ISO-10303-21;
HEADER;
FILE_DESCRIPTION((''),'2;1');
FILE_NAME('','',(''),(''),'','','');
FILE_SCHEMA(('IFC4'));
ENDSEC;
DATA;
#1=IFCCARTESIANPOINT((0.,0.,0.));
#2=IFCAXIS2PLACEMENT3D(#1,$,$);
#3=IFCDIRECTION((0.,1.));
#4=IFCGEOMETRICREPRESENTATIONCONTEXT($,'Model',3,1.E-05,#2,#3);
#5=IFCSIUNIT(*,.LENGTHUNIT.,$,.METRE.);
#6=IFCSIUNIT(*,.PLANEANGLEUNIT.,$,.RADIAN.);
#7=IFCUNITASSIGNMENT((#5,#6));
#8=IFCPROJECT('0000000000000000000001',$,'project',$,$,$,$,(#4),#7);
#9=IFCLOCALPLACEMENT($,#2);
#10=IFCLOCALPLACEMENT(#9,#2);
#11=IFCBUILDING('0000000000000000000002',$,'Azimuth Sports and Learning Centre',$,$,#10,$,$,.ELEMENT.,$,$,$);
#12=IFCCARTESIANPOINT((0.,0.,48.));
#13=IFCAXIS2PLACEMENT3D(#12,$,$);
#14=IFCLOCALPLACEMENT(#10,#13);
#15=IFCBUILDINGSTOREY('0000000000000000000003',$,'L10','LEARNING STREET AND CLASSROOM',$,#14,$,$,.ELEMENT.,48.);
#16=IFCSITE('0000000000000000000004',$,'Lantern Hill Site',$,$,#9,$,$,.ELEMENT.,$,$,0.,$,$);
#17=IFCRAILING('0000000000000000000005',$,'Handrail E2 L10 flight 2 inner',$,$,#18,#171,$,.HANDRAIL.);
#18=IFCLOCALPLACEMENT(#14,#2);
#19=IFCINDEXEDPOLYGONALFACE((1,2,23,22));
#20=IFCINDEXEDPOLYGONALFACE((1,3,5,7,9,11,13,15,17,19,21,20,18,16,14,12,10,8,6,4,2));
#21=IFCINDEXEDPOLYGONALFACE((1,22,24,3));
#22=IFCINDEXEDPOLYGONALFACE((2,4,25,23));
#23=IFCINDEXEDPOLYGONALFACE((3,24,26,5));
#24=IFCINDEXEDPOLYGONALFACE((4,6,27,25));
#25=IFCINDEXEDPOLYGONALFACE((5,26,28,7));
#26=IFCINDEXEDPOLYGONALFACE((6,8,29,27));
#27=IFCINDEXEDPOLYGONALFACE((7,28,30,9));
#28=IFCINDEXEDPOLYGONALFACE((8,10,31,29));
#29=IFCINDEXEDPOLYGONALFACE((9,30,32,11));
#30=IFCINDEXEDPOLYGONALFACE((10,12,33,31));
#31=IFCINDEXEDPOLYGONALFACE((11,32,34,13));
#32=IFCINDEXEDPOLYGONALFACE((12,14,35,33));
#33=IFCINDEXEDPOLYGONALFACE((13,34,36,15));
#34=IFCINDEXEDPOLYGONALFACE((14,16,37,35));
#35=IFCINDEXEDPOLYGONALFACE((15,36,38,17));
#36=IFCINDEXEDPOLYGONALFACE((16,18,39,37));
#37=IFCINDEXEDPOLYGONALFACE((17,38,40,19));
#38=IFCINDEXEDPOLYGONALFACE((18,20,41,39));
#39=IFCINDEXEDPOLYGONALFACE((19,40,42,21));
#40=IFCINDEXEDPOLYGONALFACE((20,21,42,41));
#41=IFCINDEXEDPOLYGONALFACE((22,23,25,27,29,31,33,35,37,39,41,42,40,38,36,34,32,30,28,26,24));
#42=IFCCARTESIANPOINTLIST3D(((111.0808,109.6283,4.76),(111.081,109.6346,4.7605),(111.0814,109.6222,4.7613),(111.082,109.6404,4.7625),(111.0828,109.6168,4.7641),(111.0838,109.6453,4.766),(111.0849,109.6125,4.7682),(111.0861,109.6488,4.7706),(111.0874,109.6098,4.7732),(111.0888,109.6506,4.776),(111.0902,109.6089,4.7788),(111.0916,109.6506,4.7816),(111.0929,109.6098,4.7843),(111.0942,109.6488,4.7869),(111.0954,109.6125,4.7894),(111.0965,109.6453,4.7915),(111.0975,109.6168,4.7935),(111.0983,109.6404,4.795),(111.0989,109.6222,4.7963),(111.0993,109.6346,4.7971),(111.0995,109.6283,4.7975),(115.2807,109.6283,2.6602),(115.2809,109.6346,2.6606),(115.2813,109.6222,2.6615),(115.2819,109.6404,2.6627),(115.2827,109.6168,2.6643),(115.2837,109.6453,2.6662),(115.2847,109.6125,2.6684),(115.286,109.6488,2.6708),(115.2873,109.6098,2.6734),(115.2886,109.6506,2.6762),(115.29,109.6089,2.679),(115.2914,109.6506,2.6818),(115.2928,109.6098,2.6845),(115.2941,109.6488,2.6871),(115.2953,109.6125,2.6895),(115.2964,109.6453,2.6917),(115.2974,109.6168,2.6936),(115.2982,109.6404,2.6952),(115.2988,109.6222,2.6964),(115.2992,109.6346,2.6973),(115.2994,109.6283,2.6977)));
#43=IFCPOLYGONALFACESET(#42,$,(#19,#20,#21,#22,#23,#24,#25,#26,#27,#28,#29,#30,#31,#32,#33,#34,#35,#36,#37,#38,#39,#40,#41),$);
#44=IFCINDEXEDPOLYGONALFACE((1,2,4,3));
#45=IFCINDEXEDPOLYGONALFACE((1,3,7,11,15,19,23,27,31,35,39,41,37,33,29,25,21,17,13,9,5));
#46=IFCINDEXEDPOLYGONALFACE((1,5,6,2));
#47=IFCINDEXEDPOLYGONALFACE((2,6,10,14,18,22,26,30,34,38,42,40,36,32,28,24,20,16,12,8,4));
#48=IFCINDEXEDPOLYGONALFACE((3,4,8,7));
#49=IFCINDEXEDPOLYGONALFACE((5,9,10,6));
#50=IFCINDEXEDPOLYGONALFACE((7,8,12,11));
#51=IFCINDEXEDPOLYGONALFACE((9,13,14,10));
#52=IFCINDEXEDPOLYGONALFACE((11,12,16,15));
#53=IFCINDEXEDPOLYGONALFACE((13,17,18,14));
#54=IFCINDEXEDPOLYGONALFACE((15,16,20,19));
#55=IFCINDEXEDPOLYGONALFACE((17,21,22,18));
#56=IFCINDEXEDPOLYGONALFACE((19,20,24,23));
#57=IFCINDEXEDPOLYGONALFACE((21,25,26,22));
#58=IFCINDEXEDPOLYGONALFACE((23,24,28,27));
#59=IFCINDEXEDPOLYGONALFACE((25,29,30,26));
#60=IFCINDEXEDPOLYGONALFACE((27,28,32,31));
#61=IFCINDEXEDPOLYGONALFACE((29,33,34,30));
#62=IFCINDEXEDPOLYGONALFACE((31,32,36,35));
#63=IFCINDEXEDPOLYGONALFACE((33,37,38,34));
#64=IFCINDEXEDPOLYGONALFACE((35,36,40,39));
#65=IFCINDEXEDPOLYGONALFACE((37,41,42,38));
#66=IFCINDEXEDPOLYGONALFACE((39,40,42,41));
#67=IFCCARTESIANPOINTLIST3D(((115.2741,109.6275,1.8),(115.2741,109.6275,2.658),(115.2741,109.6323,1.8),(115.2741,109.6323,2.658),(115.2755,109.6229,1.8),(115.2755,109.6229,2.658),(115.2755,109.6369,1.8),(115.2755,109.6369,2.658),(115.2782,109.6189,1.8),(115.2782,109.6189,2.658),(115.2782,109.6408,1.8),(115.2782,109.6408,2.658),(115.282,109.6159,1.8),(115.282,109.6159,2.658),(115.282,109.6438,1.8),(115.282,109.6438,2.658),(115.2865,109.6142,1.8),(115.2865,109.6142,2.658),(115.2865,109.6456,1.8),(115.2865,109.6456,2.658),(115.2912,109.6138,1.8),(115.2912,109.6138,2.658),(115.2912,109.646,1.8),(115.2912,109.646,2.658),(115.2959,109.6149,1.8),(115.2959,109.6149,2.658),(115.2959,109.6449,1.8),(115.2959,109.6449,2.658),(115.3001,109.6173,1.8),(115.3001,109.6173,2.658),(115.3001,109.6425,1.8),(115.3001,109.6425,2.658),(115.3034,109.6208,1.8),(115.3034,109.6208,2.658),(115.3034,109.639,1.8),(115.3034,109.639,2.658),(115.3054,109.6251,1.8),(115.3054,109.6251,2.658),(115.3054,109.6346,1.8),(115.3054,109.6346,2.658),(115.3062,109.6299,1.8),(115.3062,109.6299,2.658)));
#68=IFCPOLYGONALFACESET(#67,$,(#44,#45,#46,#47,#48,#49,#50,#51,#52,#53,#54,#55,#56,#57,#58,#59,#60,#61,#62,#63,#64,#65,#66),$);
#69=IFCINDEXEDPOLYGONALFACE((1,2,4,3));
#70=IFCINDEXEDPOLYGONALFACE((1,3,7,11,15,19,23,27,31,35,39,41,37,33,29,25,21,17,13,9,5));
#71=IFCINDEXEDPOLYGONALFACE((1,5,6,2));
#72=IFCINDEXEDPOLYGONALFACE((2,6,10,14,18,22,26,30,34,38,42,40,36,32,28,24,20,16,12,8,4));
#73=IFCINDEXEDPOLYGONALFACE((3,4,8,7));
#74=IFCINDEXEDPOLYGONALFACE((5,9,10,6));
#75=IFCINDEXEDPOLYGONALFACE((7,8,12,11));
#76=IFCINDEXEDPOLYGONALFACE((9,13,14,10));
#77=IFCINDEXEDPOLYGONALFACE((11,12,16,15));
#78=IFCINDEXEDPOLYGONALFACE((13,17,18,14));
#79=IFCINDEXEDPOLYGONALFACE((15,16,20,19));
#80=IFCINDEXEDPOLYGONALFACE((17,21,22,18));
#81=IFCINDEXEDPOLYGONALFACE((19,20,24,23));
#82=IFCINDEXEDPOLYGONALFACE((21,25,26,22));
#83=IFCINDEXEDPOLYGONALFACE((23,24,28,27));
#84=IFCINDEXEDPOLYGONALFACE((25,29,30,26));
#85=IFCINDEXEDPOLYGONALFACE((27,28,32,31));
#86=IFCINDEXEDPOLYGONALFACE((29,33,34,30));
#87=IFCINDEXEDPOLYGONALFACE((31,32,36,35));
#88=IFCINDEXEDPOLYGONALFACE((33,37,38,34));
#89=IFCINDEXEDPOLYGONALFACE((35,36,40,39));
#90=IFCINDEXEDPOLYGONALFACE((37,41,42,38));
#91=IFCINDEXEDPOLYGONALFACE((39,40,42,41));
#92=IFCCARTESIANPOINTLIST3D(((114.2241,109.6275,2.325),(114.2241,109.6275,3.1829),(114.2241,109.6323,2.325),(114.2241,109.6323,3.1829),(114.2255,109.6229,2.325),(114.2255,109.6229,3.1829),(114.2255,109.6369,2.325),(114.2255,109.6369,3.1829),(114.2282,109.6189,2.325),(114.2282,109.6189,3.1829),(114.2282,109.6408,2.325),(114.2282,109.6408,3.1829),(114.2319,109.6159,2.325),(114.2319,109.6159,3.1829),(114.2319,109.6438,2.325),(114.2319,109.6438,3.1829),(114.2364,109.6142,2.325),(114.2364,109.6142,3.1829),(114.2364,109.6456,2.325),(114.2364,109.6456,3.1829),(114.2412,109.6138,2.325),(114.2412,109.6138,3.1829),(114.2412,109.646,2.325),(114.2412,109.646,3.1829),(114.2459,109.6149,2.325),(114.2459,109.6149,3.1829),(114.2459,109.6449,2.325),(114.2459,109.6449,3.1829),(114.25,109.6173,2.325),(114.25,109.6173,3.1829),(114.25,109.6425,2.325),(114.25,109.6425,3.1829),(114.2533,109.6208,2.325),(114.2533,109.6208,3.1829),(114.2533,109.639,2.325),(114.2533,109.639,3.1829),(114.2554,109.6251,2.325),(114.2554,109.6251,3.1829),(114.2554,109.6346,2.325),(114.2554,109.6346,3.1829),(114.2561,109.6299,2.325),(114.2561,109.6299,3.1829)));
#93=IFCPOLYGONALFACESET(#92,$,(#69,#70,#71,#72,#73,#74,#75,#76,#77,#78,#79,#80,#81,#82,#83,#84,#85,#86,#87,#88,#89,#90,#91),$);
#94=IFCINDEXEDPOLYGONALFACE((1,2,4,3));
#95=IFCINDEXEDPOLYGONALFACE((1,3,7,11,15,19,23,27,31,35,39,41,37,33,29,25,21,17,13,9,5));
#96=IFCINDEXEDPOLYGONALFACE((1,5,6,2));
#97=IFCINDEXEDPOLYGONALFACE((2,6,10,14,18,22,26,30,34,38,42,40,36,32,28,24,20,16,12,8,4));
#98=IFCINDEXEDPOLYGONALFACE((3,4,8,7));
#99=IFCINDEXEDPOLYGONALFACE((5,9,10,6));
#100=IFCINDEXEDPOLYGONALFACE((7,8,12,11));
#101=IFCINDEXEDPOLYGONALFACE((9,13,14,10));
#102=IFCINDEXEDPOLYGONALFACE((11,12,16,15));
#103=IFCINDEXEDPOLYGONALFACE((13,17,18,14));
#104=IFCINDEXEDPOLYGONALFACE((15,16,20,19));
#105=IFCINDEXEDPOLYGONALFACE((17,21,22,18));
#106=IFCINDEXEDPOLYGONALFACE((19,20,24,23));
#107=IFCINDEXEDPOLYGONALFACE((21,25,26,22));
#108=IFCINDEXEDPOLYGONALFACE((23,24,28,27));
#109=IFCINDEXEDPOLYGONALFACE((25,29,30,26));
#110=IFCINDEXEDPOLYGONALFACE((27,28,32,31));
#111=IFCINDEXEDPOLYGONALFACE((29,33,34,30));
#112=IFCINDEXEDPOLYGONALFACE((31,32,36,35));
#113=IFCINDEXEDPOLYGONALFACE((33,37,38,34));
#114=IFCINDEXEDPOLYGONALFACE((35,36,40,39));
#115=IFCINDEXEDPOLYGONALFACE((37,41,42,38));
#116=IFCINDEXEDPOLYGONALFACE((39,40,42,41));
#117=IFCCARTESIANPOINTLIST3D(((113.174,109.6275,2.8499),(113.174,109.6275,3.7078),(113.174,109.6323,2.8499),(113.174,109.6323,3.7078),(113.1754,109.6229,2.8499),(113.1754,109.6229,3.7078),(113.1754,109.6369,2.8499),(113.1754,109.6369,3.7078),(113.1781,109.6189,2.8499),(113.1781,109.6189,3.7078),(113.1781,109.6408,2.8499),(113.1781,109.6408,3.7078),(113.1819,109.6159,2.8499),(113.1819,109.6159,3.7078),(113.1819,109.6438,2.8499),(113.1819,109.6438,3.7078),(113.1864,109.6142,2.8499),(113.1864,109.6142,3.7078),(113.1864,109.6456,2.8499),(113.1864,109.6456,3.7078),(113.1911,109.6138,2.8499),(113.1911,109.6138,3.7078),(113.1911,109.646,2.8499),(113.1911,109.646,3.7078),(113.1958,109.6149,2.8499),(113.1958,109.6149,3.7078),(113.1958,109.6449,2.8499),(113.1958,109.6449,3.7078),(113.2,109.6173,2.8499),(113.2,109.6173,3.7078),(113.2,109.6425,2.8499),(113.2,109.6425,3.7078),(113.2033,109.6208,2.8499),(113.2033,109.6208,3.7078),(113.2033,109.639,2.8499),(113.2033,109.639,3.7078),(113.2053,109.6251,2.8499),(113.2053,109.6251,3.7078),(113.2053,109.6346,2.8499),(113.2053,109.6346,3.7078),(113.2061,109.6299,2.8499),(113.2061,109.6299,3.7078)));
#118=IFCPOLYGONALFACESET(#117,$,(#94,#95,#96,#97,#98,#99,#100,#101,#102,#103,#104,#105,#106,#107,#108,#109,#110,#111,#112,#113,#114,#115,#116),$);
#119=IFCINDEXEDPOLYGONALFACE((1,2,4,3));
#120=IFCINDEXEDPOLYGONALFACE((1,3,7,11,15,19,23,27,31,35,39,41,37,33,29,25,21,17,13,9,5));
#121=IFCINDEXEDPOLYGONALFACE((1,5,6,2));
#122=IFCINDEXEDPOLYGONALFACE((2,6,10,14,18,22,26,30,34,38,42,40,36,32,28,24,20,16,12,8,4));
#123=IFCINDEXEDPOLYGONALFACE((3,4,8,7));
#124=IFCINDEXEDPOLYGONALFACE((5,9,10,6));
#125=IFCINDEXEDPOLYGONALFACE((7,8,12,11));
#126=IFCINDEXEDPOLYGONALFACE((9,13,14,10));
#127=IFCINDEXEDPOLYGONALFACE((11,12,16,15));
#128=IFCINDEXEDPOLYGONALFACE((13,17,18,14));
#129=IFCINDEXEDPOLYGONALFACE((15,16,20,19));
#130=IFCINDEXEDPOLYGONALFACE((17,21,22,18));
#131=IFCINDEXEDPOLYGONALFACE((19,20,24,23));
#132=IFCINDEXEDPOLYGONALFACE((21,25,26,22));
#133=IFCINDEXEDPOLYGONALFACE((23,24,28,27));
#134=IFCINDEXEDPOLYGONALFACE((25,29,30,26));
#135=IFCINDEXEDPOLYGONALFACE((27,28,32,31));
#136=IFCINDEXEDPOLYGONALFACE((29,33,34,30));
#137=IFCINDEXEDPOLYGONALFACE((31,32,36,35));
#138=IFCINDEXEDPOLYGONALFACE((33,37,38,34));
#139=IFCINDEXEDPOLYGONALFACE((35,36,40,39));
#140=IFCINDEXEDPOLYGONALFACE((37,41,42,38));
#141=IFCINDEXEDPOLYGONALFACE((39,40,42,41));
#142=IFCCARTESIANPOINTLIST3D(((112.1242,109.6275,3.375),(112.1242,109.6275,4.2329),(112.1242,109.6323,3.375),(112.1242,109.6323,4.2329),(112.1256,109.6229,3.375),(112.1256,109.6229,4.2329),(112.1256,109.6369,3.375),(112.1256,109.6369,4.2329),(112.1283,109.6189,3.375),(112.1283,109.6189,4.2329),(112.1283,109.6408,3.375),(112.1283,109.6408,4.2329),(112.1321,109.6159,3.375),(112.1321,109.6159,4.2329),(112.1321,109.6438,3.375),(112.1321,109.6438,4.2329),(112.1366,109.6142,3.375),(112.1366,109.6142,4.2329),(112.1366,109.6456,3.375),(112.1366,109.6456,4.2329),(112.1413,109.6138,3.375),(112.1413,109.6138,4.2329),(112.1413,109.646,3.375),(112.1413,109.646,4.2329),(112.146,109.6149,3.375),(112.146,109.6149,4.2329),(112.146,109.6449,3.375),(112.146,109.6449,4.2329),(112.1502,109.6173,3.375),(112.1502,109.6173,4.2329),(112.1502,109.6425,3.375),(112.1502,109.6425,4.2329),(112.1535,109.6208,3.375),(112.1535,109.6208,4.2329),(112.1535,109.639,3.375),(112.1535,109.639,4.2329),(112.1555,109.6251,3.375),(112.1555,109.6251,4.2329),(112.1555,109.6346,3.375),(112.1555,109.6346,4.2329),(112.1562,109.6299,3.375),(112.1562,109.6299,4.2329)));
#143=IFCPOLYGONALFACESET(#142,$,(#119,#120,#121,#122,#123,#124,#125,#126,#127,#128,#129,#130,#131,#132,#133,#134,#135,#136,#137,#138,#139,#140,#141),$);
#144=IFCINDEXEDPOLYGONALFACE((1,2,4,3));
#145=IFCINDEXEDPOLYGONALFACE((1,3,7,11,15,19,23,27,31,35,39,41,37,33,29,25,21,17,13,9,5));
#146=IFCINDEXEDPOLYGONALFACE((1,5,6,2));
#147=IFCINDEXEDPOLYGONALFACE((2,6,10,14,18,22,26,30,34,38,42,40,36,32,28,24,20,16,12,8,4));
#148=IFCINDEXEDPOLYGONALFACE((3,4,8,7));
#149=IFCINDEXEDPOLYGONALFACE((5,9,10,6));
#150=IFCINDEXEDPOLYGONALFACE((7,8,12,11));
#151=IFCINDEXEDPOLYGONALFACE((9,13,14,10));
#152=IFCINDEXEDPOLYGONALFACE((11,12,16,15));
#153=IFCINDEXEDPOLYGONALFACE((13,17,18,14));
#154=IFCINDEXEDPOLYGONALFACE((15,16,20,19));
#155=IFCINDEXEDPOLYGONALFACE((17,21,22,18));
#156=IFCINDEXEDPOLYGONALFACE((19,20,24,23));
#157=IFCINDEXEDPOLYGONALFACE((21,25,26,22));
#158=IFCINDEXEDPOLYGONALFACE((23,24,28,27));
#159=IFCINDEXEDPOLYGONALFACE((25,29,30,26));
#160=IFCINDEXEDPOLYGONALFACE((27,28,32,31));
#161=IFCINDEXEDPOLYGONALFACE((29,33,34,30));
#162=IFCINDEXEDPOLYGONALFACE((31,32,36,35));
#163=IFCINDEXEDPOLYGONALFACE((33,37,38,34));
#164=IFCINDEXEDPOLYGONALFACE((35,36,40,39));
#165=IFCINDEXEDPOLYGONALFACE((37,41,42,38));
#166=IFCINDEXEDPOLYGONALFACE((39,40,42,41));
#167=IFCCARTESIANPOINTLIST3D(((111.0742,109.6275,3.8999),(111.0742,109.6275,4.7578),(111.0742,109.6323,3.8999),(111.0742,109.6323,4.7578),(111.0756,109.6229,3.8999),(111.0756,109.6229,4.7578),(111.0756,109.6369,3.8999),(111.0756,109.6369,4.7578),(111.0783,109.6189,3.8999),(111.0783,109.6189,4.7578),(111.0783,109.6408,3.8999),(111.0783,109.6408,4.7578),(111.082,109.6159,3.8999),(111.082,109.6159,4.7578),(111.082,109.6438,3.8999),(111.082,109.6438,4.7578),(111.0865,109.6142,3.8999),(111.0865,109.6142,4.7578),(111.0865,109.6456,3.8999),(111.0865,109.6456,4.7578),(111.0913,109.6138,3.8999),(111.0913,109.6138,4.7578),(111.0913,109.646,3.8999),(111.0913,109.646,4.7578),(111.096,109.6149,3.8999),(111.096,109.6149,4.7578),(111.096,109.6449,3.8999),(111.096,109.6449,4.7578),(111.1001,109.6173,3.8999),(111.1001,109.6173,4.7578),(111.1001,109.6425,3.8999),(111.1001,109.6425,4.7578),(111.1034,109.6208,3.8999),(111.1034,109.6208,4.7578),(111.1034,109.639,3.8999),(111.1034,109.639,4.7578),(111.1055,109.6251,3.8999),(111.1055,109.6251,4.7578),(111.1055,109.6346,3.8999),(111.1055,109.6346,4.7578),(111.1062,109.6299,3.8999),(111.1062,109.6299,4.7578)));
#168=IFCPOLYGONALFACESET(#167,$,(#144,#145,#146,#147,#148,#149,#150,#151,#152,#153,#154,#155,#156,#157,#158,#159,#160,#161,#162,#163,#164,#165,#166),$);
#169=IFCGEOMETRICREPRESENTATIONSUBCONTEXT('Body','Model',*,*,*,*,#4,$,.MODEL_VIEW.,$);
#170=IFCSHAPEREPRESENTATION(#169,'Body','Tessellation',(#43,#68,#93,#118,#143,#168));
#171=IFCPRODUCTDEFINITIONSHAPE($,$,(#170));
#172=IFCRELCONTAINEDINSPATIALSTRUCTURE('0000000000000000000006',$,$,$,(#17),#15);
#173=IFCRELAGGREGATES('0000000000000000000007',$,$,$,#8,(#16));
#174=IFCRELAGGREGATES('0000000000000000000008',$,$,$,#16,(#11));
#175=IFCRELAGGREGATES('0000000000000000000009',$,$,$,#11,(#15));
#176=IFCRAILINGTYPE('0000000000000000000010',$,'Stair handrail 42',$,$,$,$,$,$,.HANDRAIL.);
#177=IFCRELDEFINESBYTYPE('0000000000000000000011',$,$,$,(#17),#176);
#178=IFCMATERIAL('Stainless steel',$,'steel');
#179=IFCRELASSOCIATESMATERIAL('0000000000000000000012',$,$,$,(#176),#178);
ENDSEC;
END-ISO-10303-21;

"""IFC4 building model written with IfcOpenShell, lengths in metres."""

from ifc_helpers import new_model, si_unit, direction, frame, origin, origin_2d, place, context, subcontext, project, spatial, circle, extrude, material, type_object, element, save


model = new_model("IFC4")

# Units and contexts
model_context = context("Model", 3, precision=1e-05, world=origin(), true_north=direction((0.0, 1.0)))
body_context = subcontext(model_context, "Body", "Model", "MODEL_VIEW")
ifc_project = project(units=[si_unit("LENGTHUNIT", "METRE"), si_unit("PLANEANGLEUNIT", "RADIAN")], contexts=[model_context])

# Site, building, storey
site_placement = place(None, origin())
site = spatial("IfcSite", under=ifc_project, at=site_placement, Name="Lantern Hill Site", CompositionType="ELEMENT", RefElevation=0.0)
building_placement = place(site_placement, origin())
building = spatial("IfcBuilding", under=site, at=building_placement, Name="Azimuth Sports and Learning Centre", CompositionType="ELEMENT")
storey_placement = place(building_placement, frame((0.0, 0.0, 48.0)))
storey = spatial("IfcBuildingStorey", under=building, at=storey_placement, Name="L10", Description="LEARNING STREET AND CLASSROOM", CompositionType="ELEMENT", Elevation=48.0)

# Railing
ifc_material_1 = material(Name="Stainless steel", Category="steel")
railing_type = type_object("IfcRailingType", Name="Stair handrail 42", PredefinedType="HANDRAIL", material=ifc_material_1)
for number, where, name in (
    (1, (115.29, 109.6299, 1.8), "Handrail E2 L10 flight 2 inner"),
):
    element("IfcRailing", number, at=place(storey_placement, frame(where)), inside=storey, type_object=railing_type, Name=name, PredefinedType="HANDRAIL", context=body_context, shape_type="SweptSolid", body=[
        extrude(circle(Radius=0.021, at=origin_2d()), frame((0.0, 0.0, 0.8789), z_axis=(-0.894438, 0.0, 0.447193), x_axis=(0.0, -1.0, 0.0)), (0.0, 0.0, 1.0), 4.6956),
        extrude(circle(Radius=0.0161, at=origin_2d()), origin(), (0.0, 0.0, 1.0), 0.8579),
        extrude(circle(Radius=0.0161, at=origin_2d()), frame((-1.05, 0.0, 0.5249)), (0.0, 0.0, 1.0), 0.8579),
        extrude(circle(Radius=0.0161, at=origin_2d()), frame((-2.1001, 0.0, 1.0498)), (0.0, 0.0, 1.0), 0.8579),
        extrude(circle(Radius=0.0161, at=origin_2d()), frame((-3.1499, 0.0, 1.575)), (0.0, 0.0, 1.0), 0.8579),
        extrude(circle(Radius=0.0161, at=origin_2d()), frame((-4.2, 0.0, 2.0999)), (0.0, 0.0, 1.0), 0.8579),
    ])

save(model, "model.ifc")
